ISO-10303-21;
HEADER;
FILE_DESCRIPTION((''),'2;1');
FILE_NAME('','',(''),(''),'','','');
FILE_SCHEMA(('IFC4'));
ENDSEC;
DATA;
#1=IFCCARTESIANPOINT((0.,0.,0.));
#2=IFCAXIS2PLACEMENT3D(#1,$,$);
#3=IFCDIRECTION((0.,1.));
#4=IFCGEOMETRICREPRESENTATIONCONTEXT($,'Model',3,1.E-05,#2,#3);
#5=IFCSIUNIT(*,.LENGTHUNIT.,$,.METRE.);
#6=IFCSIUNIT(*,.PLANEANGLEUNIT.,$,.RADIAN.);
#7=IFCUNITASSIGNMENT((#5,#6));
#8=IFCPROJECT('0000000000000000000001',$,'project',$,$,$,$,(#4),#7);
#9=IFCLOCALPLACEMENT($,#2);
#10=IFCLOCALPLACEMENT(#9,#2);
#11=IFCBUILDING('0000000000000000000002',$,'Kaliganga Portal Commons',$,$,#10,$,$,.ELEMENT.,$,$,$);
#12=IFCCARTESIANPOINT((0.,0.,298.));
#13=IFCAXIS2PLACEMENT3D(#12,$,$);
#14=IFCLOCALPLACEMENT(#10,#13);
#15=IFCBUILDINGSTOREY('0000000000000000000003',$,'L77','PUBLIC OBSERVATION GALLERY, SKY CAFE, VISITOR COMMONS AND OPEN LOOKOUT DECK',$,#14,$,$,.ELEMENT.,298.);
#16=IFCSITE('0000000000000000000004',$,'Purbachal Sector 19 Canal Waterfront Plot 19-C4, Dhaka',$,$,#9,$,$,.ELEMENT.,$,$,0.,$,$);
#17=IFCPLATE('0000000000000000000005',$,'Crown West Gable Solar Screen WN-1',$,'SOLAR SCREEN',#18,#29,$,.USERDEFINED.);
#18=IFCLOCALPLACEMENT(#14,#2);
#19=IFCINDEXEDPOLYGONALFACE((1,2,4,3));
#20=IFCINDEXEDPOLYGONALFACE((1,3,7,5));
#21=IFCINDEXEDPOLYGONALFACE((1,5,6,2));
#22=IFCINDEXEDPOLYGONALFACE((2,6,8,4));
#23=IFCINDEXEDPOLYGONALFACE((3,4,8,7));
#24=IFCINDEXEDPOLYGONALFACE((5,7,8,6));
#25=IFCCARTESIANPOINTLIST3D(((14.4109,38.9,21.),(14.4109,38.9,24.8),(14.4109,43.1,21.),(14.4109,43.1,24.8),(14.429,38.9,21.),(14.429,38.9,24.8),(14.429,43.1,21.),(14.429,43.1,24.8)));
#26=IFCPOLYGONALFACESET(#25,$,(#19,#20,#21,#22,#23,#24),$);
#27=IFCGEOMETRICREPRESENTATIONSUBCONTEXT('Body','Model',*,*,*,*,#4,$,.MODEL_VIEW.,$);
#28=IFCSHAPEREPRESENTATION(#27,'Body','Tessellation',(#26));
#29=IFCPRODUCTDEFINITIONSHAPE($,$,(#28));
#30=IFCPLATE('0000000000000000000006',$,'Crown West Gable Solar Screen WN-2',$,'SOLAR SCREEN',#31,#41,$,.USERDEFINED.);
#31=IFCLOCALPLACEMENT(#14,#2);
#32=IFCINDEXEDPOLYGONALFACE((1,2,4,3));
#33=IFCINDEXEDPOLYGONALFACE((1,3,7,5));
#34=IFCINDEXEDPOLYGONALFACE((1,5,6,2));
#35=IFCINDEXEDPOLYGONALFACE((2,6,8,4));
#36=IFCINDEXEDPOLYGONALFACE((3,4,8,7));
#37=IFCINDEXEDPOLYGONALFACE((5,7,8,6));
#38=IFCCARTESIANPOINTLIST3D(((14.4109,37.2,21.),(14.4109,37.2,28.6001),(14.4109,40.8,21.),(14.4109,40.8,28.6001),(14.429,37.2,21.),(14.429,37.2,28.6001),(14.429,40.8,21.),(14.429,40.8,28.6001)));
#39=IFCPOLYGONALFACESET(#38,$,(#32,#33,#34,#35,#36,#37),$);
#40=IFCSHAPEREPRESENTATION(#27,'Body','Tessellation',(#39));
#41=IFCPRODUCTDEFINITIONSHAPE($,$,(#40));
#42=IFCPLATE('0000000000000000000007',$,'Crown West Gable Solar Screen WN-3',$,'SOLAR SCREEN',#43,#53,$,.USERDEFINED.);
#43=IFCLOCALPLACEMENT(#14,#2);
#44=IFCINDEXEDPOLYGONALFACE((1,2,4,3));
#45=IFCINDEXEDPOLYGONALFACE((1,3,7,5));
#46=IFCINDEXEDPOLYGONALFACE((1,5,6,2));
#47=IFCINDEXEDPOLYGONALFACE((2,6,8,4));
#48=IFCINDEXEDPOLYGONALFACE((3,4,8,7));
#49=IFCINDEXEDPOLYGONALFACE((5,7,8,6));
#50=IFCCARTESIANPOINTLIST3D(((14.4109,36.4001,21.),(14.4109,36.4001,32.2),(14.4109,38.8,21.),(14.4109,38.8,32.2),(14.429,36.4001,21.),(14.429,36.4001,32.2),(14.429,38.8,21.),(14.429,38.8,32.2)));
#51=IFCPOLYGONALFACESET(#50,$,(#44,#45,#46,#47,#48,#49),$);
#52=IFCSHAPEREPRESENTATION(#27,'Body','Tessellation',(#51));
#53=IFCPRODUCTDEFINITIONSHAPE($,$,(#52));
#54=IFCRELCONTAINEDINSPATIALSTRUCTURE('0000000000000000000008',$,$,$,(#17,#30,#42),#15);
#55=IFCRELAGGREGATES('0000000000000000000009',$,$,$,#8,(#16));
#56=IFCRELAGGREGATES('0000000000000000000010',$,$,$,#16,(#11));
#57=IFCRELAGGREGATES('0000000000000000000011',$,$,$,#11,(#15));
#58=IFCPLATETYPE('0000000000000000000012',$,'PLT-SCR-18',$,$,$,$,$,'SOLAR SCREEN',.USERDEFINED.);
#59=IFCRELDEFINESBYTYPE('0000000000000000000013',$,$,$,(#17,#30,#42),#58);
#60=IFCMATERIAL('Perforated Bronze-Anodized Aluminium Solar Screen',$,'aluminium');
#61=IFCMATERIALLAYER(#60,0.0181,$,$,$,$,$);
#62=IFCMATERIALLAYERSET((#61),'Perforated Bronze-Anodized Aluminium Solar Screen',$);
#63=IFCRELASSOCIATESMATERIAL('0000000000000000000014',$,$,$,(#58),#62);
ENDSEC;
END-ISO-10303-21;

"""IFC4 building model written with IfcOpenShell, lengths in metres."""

from ifc_helpers import new_model, si_unit, direction, frame, origin, origin_2d, place, context, subcontext, project, spatial, rectangle, extrude, source, transform, mapped, material, layer, layer_set, type_object, element, save


model = new_model("IFC4")

# Units and contexts
model_context = context("Model", 3, precision=1e-05, world=origin(), true_north=direction((0.0, 1.0)))
body_context = subcontext(model_context, "Body", "Model", "MODEL_VIEW")
ifc_project = project(units=[si_unit("LENGTHUNIT", "METRE"), si_unit("PLANEANGLEUNIT", "RADIAN")], contexts=[model_context])

# Site, building, storey
site_placement = place(None, origin())
site = spatial("IfcSite", under=ifc_project, at=site_placement, Name="Purbachal Sector 19 Canal Waterfront Plot 19-C4, Dhaka", CompositionType="ELEMENT", RefElevation=0.0)
building_placement = place(site_placement, origin())
building = spatial("IfcBuilding", under=site, at=building_placement, Name="Kaliganga Portal Commons", CompositionType="ELEMENT")
storey_placement = place(building_placement, frame((0.0, 0.0, 298.0)))
storey = spatial("IfcBuildingStorey", under=building, at=storey_placement, Name="L77", Description="PUBLIC OBSERVATION GALLERY, SKY CAFE, VISITOR COMMONS AND OPEN LOOKOUT DECK", CompositionType="ELEMENT", Elevation=298.0)

# Plates
ifc_material_1 = material(Name="Perforated Bronze-Anodized Aluminium Solar Screen", Category="aluminium")
ifc_layer_1 = layer(ifc_material_1, 0.0181)
ifc_layer_set_1 = layer_set([ifc_layer_1], Name="Perforated Bronze-Anodized Aluminium Solar Screen")
plate_type_1 = type_object("IfcPlateType", Name="PLT-SCR-18", ElementType="SOLAR SCREEN", PredefinedType="USERDEFINED", material=ifc_layer_set_1)
shared_shape_1 = source(origin(), body_context, "Body", "SweptSolid", [
    extrude(rectangle(XDim=4.2, YDim=0.0181, at=origin_2d()), origin(), (0.0, 0.0, 1.0), 3.8),
])
plate_1_placement = place(storey_placement, frame((14.4199, 41.0, 21.0), z_axis=(0.0, 0.0, 1.0), x_axis=(0.0, 1.0, 0.0)))
element("IfcPlate", 1, at=plate_1_placement, inside=storey, type_object=plate_type_1, Name="Crown West Gable Solar Screen WN-1", ObjectType="SOLAR SCREEN", PredefinedType="USERDEFINED", context=body_context, shape_type="MappedRepresentation", body=[
    mapped(shared_shape_1, transform((0.0, 0.0, 0.0), x_axis=(1.0, 0.0, 0.0), y_axis=(0.0, 1.0, 0.0), z_axis=(0.0, 0.0, 1.0), scale=1.0)),
])
shared_shape_2 = source(origin(), body_context, "Body", "SweptSolid", [
    extrude(rectangle(XDim=3.6001, YDim=0.0181, at=origin_2d()), origin(), (0.0, 0.0, 1.0), 7.6001),
])
plate_2_placement = place(storey_placement, frame((14.4199, 39.0, 21.0), z_axis=(0.0, 0.0, 1.0), x_axis=(0.0, 1.0, 0.0)))
element("IfcPlate", 2, at=plate_2_placement, inside=storey, type_object=plate_type_1, Name="Crown West Gable Solar Screen WN-2", ObjectType="SOLAR SCREEN", PredefinedType="USERDEFINED", context=body_context, shape_type="MappedRepresentation", body=[
    mapped(shared_shape_2, transform((0.0, 0.0, 0.0), x_axis=(1.0, 0.0, 0.0), y_axis=(0.0, 1.0, 0.0), z_axis=(0.0, 0.0, 1.0), scale=1.0)),
])
shared_shape_3 = source(origin(), body_context, "Body", "SweptSolid", [
    extrude(rectangle(XDim=2.3999, YDim=0.0181, at=origin_2d()), origin(), (0.0, 0.0, 1.0), 11.2),
])
plate_3_placement = place(storey_placement, frame((14.4199, 37.6001, 21.0), z_axis=(0.0, 0.0, 1.0), x_axis=(0.0, 1.0, 0.0)))
element("IfcPlate", 3, at=plate_3_placement, inside=storey, type_object=plate_type_1, Name="Crown West Gable Solar Screen WN-3", ObjectType="SOLAR SCREEN", PredefinedType="USERDEFINED", context=body_context, shape_type="MappedRepresentation", body=[
    mapped(shared_shape_3, transform((0.0, 0.0, 0.0), x_axis=(1.0, 0.0, 0.0), y_axis=(0.0, 1.0, 0.0), z_axis=(0.0, 0.0, 1.0), scale=1.0)),
])

save(model, "model.ifc")
